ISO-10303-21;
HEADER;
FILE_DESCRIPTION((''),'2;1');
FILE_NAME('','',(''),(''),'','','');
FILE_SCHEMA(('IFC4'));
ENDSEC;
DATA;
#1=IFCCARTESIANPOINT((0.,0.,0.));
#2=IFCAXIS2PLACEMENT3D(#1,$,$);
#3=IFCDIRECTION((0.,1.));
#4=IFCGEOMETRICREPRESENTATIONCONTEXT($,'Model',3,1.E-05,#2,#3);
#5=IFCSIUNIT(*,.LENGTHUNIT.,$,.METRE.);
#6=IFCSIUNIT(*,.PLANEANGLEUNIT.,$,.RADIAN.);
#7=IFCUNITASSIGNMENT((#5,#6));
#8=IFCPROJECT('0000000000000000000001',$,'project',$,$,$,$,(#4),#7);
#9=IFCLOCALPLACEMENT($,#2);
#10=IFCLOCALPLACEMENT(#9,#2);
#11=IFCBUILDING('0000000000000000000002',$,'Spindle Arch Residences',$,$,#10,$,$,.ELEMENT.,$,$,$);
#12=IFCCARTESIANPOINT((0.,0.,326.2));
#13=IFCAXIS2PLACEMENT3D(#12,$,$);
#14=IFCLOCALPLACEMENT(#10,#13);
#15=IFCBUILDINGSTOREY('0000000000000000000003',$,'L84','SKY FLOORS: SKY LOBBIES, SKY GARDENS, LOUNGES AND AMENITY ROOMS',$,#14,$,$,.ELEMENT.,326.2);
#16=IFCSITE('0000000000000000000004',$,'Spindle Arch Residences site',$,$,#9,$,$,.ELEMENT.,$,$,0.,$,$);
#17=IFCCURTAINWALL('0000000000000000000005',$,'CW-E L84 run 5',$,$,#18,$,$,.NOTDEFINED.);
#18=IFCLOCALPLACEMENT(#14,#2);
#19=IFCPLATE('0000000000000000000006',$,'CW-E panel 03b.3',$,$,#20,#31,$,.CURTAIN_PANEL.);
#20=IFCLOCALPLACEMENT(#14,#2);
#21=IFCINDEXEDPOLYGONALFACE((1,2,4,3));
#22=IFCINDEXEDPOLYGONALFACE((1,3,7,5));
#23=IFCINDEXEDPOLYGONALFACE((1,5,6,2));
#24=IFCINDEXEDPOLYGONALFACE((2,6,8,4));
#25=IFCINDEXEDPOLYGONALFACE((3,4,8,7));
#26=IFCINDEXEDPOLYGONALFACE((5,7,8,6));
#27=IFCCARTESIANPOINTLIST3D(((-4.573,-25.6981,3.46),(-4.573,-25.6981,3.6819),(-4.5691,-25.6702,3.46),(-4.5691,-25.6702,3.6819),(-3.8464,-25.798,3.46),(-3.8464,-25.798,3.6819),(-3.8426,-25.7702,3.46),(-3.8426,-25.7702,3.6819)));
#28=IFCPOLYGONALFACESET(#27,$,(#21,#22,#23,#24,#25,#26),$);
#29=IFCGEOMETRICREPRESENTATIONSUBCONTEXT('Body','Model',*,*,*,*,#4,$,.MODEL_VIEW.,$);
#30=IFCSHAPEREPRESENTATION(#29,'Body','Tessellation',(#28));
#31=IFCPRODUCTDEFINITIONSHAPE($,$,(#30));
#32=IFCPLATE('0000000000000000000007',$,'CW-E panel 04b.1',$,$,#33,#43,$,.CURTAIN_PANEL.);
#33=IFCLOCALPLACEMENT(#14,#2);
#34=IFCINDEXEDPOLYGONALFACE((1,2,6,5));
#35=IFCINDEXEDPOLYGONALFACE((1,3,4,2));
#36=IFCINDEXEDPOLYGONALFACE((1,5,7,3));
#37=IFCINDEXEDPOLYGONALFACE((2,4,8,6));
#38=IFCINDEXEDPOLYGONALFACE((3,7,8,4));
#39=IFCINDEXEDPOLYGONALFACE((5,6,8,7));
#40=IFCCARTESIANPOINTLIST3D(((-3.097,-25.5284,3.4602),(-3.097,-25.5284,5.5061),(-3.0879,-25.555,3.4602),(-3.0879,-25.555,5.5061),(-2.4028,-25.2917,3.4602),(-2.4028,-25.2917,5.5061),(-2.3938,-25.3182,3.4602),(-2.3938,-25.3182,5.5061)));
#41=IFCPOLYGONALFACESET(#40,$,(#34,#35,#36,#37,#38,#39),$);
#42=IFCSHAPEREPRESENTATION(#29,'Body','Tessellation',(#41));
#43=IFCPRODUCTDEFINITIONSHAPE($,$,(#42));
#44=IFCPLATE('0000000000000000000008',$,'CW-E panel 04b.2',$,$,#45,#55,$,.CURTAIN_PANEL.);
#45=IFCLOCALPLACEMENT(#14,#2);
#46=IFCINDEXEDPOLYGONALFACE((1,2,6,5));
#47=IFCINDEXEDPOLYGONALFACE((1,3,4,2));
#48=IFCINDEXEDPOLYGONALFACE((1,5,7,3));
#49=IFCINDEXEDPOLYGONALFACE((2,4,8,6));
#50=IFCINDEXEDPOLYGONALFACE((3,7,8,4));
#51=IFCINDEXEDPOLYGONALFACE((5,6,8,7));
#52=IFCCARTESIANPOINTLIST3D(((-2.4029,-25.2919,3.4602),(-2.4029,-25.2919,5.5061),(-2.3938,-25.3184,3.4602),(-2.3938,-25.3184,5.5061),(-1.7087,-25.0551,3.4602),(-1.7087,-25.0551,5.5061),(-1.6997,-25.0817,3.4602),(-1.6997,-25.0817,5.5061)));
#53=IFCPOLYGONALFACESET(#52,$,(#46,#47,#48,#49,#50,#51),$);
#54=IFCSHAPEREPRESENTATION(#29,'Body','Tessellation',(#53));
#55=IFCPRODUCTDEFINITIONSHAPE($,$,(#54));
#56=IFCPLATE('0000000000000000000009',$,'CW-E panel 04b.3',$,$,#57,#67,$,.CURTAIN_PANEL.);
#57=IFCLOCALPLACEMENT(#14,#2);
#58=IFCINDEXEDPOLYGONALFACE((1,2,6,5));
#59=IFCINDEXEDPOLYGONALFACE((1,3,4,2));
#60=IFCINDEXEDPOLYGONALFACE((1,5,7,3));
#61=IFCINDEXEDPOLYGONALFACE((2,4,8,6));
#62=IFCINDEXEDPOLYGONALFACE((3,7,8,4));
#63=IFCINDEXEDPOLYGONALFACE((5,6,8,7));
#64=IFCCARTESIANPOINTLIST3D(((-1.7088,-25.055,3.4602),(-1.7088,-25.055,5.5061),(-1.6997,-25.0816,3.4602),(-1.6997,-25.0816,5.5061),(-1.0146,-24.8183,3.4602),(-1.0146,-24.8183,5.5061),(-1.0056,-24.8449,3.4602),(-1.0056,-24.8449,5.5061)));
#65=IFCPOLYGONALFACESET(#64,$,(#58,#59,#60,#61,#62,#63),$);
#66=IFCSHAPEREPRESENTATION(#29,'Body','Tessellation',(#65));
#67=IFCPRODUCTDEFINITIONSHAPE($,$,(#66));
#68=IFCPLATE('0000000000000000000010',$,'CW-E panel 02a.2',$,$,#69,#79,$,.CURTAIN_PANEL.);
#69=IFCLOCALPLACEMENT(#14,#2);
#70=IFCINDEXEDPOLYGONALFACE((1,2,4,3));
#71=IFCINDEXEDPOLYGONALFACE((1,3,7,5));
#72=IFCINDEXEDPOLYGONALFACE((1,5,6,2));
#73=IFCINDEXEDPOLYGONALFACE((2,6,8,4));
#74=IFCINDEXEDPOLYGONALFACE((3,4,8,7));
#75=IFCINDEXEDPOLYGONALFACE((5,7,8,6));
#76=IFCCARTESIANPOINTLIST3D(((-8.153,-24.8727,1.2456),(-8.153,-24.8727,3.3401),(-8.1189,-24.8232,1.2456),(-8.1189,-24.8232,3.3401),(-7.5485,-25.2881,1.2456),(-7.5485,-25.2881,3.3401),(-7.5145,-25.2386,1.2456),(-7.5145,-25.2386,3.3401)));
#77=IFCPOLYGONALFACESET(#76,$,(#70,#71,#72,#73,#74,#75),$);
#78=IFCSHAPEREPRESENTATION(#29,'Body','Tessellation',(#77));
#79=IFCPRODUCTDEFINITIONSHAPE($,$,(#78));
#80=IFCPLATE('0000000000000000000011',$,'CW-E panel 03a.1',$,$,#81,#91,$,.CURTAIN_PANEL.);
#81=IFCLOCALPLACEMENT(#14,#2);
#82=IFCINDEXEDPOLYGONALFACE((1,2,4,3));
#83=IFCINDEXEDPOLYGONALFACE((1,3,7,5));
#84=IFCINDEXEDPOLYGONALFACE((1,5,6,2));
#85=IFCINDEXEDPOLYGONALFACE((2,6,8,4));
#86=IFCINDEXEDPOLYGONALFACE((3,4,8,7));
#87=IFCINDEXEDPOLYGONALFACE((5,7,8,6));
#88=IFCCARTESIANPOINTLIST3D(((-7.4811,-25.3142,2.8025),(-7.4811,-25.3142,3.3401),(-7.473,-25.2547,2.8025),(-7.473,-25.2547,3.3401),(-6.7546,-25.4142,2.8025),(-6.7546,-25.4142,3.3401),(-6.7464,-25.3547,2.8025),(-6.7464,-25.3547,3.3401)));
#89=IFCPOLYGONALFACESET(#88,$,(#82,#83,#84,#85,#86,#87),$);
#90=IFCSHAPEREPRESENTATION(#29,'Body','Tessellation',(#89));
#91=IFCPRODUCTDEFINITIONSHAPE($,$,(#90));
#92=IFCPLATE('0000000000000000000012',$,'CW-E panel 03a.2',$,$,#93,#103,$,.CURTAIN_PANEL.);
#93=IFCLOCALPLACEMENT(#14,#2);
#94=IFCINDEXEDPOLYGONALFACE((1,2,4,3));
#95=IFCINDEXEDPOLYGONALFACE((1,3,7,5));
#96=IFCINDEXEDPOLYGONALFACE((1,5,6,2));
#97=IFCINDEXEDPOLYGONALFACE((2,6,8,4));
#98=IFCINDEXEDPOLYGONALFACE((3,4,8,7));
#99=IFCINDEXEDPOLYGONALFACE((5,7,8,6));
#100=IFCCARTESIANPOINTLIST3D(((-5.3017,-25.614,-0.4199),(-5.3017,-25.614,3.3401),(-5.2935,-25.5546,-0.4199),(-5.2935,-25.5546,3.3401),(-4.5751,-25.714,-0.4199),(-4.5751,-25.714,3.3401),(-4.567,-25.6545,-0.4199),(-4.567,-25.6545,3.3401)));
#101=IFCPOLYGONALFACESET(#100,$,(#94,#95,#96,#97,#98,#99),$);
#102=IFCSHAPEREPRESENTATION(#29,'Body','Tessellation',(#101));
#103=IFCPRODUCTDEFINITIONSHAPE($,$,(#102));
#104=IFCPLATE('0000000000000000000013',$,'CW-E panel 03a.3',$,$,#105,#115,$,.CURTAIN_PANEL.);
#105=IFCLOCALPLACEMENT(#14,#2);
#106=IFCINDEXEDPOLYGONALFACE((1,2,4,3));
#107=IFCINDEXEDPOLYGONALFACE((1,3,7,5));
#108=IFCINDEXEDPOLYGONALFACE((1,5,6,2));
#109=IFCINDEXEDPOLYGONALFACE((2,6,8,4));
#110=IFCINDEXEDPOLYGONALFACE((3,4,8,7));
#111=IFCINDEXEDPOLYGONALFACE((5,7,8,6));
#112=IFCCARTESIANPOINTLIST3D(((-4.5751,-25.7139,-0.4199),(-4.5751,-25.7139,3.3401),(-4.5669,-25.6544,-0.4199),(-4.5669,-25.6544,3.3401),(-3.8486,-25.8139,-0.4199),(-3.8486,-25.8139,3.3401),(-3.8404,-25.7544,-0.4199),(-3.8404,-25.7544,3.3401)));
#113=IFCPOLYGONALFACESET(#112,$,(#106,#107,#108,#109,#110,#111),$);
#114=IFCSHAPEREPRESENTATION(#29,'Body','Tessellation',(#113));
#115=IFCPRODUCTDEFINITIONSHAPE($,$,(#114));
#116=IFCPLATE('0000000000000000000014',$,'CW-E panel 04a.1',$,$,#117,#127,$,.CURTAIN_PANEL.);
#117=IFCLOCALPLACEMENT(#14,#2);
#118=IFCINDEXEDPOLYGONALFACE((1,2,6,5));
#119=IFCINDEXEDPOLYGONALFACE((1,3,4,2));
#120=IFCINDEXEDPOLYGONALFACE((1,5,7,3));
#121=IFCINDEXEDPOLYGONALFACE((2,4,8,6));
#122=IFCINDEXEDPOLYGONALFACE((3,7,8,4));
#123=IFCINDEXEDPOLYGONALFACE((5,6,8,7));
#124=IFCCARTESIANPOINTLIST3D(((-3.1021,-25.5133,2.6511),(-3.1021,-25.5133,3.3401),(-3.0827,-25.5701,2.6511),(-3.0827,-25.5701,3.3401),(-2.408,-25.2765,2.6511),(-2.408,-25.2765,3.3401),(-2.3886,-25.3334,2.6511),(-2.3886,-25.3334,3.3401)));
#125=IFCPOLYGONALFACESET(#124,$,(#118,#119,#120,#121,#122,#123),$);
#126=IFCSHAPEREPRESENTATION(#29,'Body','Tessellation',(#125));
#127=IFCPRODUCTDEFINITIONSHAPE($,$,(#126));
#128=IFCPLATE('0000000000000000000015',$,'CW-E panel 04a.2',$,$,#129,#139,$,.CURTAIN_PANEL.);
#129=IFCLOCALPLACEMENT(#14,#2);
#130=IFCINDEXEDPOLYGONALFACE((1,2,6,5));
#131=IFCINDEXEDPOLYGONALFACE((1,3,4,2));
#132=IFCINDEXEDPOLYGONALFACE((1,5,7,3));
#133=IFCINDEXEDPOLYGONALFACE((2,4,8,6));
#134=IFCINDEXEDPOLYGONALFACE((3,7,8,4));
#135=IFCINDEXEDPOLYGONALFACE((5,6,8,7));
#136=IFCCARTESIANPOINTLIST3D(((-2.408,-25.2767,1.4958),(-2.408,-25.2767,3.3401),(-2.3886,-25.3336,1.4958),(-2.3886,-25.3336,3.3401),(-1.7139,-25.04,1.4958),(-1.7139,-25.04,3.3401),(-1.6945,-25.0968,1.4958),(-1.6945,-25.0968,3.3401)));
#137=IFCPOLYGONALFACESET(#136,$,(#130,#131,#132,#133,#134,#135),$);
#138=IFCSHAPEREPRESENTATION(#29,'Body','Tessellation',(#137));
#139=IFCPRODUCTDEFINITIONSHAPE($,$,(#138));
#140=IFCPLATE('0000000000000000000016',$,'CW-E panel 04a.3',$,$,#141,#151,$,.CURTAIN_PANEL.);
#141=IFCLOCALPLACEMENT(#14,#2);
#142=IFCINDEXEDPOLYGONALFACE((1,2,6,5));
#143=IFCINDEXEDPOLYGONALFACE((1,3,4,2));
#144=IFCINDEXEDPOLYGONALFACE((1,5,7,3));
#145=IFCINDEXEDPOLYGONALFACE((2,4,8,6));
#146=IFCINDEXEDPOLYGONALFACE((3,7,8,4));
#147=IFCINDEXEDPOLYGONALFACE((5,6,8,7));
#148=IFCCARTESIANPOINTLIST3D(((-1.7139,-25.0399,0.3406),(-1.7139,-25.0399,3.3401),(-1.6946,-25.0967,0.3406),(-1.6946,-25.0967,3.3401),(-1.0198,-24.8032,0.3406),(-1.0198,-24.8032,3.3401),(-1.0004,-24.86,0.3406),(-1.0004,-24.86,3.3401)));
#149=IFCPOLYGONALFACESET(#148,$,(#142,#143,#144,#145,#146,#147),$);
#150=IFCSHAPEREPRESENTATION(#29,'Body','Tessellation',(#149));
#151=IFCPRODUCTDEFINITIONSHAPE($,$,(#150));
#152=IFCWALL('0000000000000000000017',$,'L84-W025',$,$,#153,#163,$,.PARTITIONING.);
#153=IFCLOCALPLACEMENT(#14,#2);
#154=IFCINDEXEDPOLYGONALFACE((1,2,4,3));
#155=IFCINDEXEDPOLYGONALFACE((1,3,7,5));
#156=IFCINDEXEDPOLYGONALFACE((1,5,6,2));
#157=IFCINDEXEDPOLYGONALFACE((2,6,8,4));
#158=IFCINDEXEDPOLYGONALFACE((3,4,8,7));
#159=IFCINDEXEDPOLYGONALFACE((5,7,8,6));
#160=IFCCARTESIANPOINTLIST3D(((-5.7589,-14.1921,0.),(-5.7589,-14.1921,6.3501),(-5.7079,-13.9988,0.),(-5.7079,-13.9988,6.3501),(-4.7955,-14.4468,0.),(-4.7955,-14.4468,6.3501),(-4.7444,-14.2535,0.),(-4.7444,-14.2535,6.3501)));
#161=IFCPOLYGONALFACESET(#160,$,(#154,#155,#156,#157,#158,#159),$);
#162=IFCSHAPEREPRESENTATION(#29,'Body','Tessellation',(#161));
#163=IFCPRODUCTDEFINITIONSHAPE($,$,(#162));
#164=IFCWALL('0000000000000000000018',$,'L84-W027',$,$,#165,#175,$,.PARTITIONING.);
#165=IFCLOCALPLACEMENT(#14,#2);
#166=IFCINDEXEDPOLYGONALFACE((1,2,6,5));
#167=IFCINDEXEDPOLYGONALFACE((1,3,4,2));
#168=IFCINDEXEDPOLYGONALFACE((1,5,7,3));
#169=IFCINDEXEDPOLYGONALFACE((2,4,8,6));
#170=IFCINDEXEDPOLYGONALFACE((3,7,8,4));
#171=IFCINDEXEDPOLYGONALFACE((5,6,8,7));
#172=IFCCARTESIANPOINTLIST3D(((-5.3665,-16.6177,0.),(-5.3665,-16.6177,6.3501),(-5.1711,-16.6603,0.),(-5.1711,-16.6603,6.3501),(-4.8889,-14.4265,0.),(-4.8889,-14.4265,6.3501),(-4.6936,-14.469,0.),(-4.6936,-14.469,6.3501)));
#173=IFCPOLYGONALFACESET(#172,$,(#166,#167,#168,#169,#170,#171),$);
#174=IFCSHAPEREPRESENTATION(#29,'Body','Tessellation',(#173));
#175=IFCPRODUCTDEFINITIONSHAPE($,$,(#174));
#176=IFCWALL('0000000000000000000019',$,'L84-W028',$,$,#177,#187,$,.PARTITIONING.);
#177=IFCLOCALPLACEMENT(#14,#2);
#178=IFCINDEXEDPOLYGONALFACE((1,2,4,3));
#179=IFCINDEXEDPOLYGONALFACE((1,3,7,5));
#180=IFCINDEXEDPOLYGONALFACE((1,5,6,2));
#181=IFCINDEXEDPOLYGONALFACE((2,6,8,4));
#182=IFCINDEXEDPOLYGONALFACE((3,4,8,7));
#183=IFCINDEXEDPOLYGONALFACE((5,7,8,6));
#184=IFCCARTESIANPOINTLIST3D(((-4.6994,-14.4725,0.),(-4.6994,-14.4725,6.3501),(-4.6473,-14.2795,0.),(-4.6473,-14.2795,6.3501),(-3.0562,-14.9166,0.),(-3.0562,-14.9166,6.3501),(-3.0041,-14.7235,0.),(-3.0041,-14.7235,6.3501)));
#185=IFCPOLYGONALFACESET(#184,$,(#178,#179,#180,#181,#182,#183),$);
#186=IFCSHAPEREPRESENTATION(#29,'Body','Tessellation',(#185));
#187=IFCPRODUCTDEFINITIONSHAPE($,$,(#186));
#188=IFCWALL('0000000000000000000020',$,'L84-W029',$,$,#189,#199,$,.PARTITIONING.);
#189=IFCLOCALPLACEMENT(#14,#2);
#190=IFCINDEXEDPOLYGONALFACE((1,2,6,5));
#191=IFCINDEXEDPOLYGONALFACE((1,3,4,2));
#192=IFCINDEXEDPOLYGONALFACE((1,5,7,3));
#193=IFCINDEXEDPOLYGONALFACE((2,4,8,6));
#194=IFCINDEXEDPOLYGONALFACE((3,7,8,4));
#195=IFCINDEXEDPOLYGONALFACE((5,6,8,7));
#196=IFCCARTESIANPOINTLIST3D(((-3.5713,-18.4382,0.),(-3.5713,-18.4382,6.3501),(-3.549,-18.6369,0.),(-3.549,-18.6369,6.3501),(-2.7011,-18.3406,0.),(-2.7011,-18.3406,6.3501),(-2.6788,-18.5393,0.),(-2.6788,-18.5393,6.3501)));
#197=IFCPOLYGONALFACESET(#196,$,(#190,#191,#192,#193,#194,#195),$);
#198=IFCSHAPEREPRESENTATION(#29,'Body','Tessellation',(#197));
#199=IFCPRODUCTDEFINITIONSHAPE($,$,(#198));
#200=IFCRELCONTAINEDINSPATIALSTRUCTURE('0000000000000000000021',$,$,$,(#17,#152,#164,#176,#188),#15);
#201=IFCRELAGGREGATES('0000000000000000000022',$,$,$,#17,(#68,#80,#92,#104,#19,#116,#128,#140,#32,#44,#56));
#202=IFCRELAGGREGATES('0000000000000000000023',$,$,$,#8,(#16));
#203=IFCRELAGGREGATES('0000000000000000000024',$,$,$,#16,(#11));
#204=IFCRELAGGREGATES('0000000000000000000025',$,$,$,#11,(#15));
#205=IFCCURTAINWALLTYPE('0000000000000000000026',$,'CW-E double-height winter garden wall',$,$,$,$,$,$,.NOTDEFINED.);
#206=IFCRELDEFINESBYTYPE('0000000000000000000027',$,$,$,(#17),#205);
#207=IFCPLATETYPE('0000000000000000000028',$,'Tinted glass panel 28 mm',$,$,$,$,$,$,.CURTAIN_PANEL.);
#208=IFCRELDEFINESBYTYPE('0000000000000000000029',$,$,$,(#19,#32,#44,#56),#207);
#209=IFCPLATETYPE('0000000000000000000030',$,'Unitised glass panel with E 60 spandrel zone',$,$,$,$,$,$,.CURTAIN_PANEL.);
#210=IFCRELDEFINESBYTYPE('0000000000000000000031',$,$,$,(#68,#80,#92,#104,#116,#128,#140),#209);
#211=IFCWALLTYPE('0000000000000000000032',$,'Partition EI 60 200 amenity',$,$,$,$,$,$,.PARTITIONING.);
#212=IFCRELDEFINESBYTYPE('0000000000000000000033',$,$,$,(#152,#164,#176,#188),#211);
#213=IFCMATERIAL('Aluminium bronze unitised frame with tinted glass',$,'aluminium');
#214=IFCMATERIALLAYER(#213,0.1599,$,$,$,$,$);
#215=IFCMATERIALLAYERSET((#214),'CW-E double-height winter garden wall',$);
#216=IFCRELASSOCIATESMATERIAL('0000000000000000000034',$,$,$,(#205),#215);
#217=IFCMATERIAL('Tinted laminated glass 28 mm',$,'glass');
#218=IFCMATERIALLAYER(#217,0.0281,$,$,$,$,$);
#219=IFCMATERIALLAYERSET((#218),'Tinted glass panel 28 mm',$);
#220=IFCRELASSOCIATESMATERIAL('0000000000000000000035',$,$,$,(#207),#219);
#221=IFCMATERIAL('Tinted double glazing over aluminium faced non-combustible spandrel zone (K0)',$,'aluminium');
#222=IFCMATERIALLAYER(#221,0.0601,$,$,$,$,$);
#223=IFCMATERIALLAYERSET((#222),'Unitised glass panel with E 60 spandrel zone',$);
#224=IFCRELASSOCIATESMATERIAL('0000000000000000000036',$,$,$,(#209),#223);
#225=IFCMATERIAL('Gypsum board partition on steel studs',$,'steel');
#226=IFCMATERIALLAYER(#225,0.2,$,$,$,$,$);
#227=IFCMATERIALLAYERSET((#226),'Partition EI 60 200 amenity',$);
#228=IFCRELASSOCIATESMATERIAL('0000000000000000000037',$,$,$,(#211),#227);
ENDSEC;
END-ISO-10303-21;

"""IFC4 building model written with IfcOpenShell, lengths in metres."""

from ifc_helpers import new_model, si_unit, direction, frame, frame_2d, origin, origin_2d, place, context, subcontext, project, spatial, rectangle, extrude, material, layer, layer_set, type_object, element, aggregate, save


model = new_model("IFC4")

# Units and contexts
model_context = context("Model", 3, precision=1e-05, world=origin(), true_north=direction((0.0, 1.0)))
body_context = subcontext(model_context, "Body", "Model", "MODEL_VIEW")
ifc_project = project(units=[si_unit("LENGTHUNIT", "METRE"), si_unit("PLANEANGLEUNIT", "RADIAN")], contexts=[model_context])

# Site, building, storey
site_placement = place(None, origin())
site = spatial("IfcSite", under=ifc_project, at=site_placement, Name="Spindle Arch Residences site", CompositionType="ELEMENT", RefElevation=0.0)
building_placement = place(site_placement, origin())
building = spatial("IfcBuilding", under=site, at=building_placement, Name="Spindle Arch Residences", CompositionType="ELEMENT")
storey_placement = place(building_placement, frame((0.0, 0.0, 326.2)))
storey = spatial("IfcBuildingStorey", under=building, at=storey_placement, Name="L84", Description="SKY FLOORS: SKY LOBBIES, SKY GARDENS, LOUNGES AND AMENITY ROOMS", CompositionType="ELEMENT", Elevation=326.2)

# Curtain wall
ifc_material_1 = material(Name="Aluminium bronze unitised frame with tinted glass", Category="aluminium")
ifc_layer_1 = layer(ifc_material_1, 0.1599)
ifc_layer_set_1 = layer_set([ifc_layer_1], Name="CW-E double-height winter garden wall")
curtain_wall_type = type_object("IfcCurtainWallType", Name="CW-E double-height winter garden wall", PredefinedType="NOTDEFINED", material=ifc_layer_set_1)
curtain_wall_placement = place(storey_placement, origin())
curtain_wall = element("IfcCurtainWall", 1, at=curtain_wall_placement, inside=storey, type_object=curtain_wall_type, Name="CW-E L84 run 5", PredefinedType="NOTDEFINED")

# Plates
ifc_material_2 = material(Name="Tinted laminated glass 28 mm", Category="glass")
ifc_layer_2 = layer(ifc_material_2, 0.0281)
ifc_layer_set_2 = layer_set([ifc_layer_2], Name="Tinted glass panel 28 mm")
plate_type_1 = type_object("IfcPlateType", Name="Tinted glass panel 28 mm", PredefinedType="CURTAIN_PANEL", material=ifc_layer_set_2)
plate_1_placement = place(storey_placement, frame((-4.2078, -25.7341, 3.46), z_axis=(0.0, 0.0, 1.0), x_axis=(0.990669, -0.136292, 0.0)))
plate_1 = element("IfcPlate", 2, at=plate_1_placement, type_object=plate_type_1, Name="CW-E panel 03b.3", PredefinedType="CURTAIN_PANEL", context=body_context, shape_type="SweptSolid", body=[
    extrude(rectangle(XDim=0.7334, YDim=0.0281, at=origin_2d()), origin(), (0.0, 0.0, 1.0), 0.2219),
])
plate_2_placement = place(storey_placement, frame((-2.7454, -25.4233, 3.4602), z_axis=(0.0, 0.0, 1.0), x_axis=(0.946462, 0.322816, 0.0)))
plate_2 = element("IfcPlate", 3, at=plate_2_placement, type_object=plate_type_1, Name="CW-E panel 04b.1", PredefinedType="CURTAIN_PANEL", context=body_context, shape_type="SweptSolid", body=[
    extrude(rectangle(XDim=0.7334, YDim=0.0281, at=origin_2d()), origin(), (0.0, 0.0, 1.0), 2.0459),
])
plate_3_placement = place(storey_placement, frame((-2.0513, -25.1868, 3.4602), z_axis=(0.0, 0.0, 1.0), x_axis=(0.946462, 0.322816, 0.0)))
plate_3 = element("IfcPlate", 4, at=plate_3_placement, type_object=plate_type_1, Name="CW-E panel 04b.2", PredefinedType="CURTAIN_PANEL", context=body_context, shape_type="SweptSolid", body=[
    extrude(rectangle(XDim=0.7334, YDim=0.0281, at=origin_2d()), origin(), (0.0, 0.0, 1.0), 2.0459),
])
plate_4_placement = place(storey_placement, frame((-1.3572, -24.95, 3.4602), z_axis=(0.0, 0.0, 1.0), x_axis=(0.946462, 0.322816, 0.0)))
plate_4 = element("IfcPlate", 5, at=plate_4_placement, type_object=plate_type_1, Name="CW-E panel 04b.3", PredefinedType="CURTAIN_PANEL", context=body_context, shape_type="SweptSolid", body=[
    extrude(rectangle(XDim=0.7334, YDim=0.0281, at=origin_2d()), origin(), (0.0, 0.0, 1.0), 2.0459),
])
ifc_material_3 = material(Name="Tinted double glazing over aluminium faced non-combustible spandrel zone (K0)", Category="aluminium")
ifc_layer_3 = layer(ifc_material_3, 0.0601)
ifc_layer_set_3 = layer_set([ifc_layer_3], Name="Unitised glass panel with E 60 spandrel zone")
plate_type_2 = type_object("IfcPlateType", Name="Unitised glass panel with E 60 spandrel zone", PredefinedType="CURTAIN_PANEL", material=ifc_layer_set_3)
plate_5_placement = place(storey_placement, frame((-7.8337, -25.0557, 1.2456), z_axis=(0.0, 0.0, 1.0), x_axis=(0.824126, -0.566406, 0.0)))
plate_5 = element("IfcPlate", 6, at=plate_5_placement, type_object=plate_type_2, Name="CW-E panel 02a.2", PredefinedType="CURTAIN_PANEL", context=body_context, shape_type="SweptSolid", body=[
    extrude(rectangle(XDim=0.7334, YDim=0.0601, at=origin_2d()), origin(), (0.0, 0.0, 1.0), 2.0945),
])
plate_6_placement = place(storey_placement, frame((-7.1138, -25.3345, 2.8025), z_axis=(0.0, 0.0, 1.0), x_axis=(0.990669, -0.136292, 0.0)))
plate_6 = element("IfcPlate", 7, at=plate_6_placement, type_object=plate_type_2, Name="CW-E panel 03a.1", PredefinedType="CURTAIN_PANEL", context=body_context, shape_type="SweptSolid", body=[
    extrude(rectangle(XDim=0.7334, YDim=0.0601, at=origin_2d()), origin(), (0.0, 0.0, 1.0), 0.5376),
])
plate_7_placement = place(storey_placement, frame((-4.9343, -25.6343, -0.4199), z_axis=(0.0, 0.0, 1.0), x_axis=(0.990669, -0.136292, 0.0)))
plate_7 = element("IfcPlate", 8, at=plate_7_placement, type_object=plate_type_2, Name="CW-E panel 03a.2", PredefinedType="CURTAIN_PANEL", context=body_context, shape_type="SweptSolid", body=[
    extrude(rectangle(XDim=0.7334, YDim=0.0601, at=origin_2d()), origin(), (0.0, 0.0, 1.0), 3.76),
])
plate_8_placement = place(storey_placement, frame((-4.2078, -25.7341, -0.4199), z_axis=(0.0, 0.0, 1.0), x_axis=(0.990669, -0.136292, 0.0)))
plate_8 = element("IfcPlate", 9, at=plate_8_placement, type_object=plate_type_2, Name="CW-E panel 03a.3", PredefinedType="CURTAIN_PANEL", context=body_context, shape_type="SweptSolid", body=[
    extrude(rectangle(XDim=0.7334, YDim=0.0601, at=origin_2d()), origin(), (0.0, 0.0, 1.0), 3.76),
])
plate_9_placement = place(storey_placement, frame((-2.7454, -25.4233, 2.6511), z_axis=(0.0, 0.0, 1.0), x_axis=(0.946462, 0.322816, 0.0)))
plate_9 = element("IfcPlate", 10, at=plate_9_placement, type_object=plate_type_2, Name="CW-E panel 04a.1", PredefinedType="CURTAIN_PANEL", context=body_context, shape_type="SweptSolid", body=[
    extrude(rectangle(XDim=0.7334, YDim=0.0601, at=origin_2d()), origin(), (0.0, 0.0, 1.0), 0.689),
])
plate_10_placement = place(storey_placement, frame((-2.0513, -25.1868, 1.4958), z_axis=(0.0, 0.0, 1.0), x_axis=(0.946462, 0.322816, 0.0)))
plate_10 = element("IfcPlate", 11, at=plate_10_placement, type_object=plate_type_2, Name="CW-E panel 04a.2", PredefinedType="CURTAIN_PANEL", context=body_context, shape_type="SweptSolid", body=[
    extrude(rectangle(XDim=0.7334, YDim=0.0601, at=origin_2d()), origin(), (0.0, 0.0, 1.0), 1.8442),
])
plate_11_placement = place(storey_placement, frame((-1.3572, -24.95, 0.3406), z_axis=(0.0, 0.0, 1.0), x_axis=(0.946462, 0.322816, 0.0)))
plate_11 = element("IfcPlate", 12, at=plate_11_placement, type_object=plate_type_2, Name="CW-E panel 04a.3", PredefinedType="CURTAIN_PANEL", context=body_context, shape_type="SweptSolid", body=[
    extrude(rectangle(XDim=0.7334, YDim=0.0601, at=origin_2d()), origin(), (0.0, 0.0, 1.0), 2.9995),
])
aggregate(curtain_wall, [plate_5, plate_6, plate_7, plate_8, plate_1, plate_9, plate_10, plate_11, plate_2, plate_3, plate_4])

# Walls
ifc_material_4 = material(Name="Gypsum board partition on steel studs", Category="steel")
ifc_layer_4 = layer(ifc_material_4, 0.2)
ifc_layer_set_4 = layer_set([ifc_layer_4], Name="Partition EI 60 200 amenity")
wall_type = type_object("IfcWallType", Name="Partition EI 60 200 amenity", PredefinedType="PARTITIONING", material=ifc_layer_set_4)
wall_1_placement = place(storey_placement, frame((-5.7334, -14.0955, 0.0), z_axis=(0.0, 0.0, 1.0), x_axis=(0.966798, -0.255542, 0.0)))
element("IfcWall", 13, at=wall_1_placement, inside=storey, type_object=wall_type, Name="L84-W025", PredefinedType="PARTITIONING", context=body_context, shape_type="SweptSolid", body=[
    extrude(rectangle(XDim=0.9966, YDim=0.2, at=frame_2d((0.4983, 0.0))), origin(), (0.0, 0.0, 1.0), 6.3501),
])
wall_2_placement = place(storey_placement, frame((-4.7913, -14.4478, 0.0), z_axis=(0.0, 0.0, 1.0), x_axis=(-0.21294, -0.977065, 0.0)))
element("IfcWall", 14, at=wall_2_placement, inside=storey, type_object=wall_type, Name="L84-W027", PredefinedType="PARTITIONING", context=body_context, shape_type="SweptSolid", body=[
    extrude(rectangle(XDim=2.2427, YDim=0.2, at=frame_2d((1.1213, 0.0))), origin(), (0.0, 0.0, 1.0), 6.3501),
])
wall_3_placement = place(storey_placement, frame((-4.6733, -14.376, 0.0), z_axis=(0.0, 0.0, 1.0), x_axis=(0.96537, -0.260884, 0.0)))
element("IfcWall", 15, at=wall_3_placement, inside=storey, type_object=wall_type, Name="L84-W028", PredefinedType="PARTITIONING", context=body_context, shape_type="SweptSolid", body=[
    extrude(rectangle(XDim=1.7021, YDim=0.2, at=frame_2d((0.8511, 0.0))), origin(), (0.0, 0.0, 1.0), 6.3501),
])
wall_4_placement = place(storey_placement, frame((-3.5603, -18.5376, 0.0), z_axis=(0.0, 0.0, 1.0), x_axis=(0.993764, 0.111502, 0.0)))
element("IfcWall", 16, at=wall_4_placement, inside=storey, type_object=wall_type, Name="L84-W029", PredefinedType="PARTITIONING", context=body_context, shape_type="SweptSolid", body=[
    extrude(rectangle(XDim=0.8757, YDim=0.2, at=frame_2d((0.438, 0.0))), origin(), (0.0, 0.0, 1.0), 6.3501),
])

save(model, "model.ifc")
